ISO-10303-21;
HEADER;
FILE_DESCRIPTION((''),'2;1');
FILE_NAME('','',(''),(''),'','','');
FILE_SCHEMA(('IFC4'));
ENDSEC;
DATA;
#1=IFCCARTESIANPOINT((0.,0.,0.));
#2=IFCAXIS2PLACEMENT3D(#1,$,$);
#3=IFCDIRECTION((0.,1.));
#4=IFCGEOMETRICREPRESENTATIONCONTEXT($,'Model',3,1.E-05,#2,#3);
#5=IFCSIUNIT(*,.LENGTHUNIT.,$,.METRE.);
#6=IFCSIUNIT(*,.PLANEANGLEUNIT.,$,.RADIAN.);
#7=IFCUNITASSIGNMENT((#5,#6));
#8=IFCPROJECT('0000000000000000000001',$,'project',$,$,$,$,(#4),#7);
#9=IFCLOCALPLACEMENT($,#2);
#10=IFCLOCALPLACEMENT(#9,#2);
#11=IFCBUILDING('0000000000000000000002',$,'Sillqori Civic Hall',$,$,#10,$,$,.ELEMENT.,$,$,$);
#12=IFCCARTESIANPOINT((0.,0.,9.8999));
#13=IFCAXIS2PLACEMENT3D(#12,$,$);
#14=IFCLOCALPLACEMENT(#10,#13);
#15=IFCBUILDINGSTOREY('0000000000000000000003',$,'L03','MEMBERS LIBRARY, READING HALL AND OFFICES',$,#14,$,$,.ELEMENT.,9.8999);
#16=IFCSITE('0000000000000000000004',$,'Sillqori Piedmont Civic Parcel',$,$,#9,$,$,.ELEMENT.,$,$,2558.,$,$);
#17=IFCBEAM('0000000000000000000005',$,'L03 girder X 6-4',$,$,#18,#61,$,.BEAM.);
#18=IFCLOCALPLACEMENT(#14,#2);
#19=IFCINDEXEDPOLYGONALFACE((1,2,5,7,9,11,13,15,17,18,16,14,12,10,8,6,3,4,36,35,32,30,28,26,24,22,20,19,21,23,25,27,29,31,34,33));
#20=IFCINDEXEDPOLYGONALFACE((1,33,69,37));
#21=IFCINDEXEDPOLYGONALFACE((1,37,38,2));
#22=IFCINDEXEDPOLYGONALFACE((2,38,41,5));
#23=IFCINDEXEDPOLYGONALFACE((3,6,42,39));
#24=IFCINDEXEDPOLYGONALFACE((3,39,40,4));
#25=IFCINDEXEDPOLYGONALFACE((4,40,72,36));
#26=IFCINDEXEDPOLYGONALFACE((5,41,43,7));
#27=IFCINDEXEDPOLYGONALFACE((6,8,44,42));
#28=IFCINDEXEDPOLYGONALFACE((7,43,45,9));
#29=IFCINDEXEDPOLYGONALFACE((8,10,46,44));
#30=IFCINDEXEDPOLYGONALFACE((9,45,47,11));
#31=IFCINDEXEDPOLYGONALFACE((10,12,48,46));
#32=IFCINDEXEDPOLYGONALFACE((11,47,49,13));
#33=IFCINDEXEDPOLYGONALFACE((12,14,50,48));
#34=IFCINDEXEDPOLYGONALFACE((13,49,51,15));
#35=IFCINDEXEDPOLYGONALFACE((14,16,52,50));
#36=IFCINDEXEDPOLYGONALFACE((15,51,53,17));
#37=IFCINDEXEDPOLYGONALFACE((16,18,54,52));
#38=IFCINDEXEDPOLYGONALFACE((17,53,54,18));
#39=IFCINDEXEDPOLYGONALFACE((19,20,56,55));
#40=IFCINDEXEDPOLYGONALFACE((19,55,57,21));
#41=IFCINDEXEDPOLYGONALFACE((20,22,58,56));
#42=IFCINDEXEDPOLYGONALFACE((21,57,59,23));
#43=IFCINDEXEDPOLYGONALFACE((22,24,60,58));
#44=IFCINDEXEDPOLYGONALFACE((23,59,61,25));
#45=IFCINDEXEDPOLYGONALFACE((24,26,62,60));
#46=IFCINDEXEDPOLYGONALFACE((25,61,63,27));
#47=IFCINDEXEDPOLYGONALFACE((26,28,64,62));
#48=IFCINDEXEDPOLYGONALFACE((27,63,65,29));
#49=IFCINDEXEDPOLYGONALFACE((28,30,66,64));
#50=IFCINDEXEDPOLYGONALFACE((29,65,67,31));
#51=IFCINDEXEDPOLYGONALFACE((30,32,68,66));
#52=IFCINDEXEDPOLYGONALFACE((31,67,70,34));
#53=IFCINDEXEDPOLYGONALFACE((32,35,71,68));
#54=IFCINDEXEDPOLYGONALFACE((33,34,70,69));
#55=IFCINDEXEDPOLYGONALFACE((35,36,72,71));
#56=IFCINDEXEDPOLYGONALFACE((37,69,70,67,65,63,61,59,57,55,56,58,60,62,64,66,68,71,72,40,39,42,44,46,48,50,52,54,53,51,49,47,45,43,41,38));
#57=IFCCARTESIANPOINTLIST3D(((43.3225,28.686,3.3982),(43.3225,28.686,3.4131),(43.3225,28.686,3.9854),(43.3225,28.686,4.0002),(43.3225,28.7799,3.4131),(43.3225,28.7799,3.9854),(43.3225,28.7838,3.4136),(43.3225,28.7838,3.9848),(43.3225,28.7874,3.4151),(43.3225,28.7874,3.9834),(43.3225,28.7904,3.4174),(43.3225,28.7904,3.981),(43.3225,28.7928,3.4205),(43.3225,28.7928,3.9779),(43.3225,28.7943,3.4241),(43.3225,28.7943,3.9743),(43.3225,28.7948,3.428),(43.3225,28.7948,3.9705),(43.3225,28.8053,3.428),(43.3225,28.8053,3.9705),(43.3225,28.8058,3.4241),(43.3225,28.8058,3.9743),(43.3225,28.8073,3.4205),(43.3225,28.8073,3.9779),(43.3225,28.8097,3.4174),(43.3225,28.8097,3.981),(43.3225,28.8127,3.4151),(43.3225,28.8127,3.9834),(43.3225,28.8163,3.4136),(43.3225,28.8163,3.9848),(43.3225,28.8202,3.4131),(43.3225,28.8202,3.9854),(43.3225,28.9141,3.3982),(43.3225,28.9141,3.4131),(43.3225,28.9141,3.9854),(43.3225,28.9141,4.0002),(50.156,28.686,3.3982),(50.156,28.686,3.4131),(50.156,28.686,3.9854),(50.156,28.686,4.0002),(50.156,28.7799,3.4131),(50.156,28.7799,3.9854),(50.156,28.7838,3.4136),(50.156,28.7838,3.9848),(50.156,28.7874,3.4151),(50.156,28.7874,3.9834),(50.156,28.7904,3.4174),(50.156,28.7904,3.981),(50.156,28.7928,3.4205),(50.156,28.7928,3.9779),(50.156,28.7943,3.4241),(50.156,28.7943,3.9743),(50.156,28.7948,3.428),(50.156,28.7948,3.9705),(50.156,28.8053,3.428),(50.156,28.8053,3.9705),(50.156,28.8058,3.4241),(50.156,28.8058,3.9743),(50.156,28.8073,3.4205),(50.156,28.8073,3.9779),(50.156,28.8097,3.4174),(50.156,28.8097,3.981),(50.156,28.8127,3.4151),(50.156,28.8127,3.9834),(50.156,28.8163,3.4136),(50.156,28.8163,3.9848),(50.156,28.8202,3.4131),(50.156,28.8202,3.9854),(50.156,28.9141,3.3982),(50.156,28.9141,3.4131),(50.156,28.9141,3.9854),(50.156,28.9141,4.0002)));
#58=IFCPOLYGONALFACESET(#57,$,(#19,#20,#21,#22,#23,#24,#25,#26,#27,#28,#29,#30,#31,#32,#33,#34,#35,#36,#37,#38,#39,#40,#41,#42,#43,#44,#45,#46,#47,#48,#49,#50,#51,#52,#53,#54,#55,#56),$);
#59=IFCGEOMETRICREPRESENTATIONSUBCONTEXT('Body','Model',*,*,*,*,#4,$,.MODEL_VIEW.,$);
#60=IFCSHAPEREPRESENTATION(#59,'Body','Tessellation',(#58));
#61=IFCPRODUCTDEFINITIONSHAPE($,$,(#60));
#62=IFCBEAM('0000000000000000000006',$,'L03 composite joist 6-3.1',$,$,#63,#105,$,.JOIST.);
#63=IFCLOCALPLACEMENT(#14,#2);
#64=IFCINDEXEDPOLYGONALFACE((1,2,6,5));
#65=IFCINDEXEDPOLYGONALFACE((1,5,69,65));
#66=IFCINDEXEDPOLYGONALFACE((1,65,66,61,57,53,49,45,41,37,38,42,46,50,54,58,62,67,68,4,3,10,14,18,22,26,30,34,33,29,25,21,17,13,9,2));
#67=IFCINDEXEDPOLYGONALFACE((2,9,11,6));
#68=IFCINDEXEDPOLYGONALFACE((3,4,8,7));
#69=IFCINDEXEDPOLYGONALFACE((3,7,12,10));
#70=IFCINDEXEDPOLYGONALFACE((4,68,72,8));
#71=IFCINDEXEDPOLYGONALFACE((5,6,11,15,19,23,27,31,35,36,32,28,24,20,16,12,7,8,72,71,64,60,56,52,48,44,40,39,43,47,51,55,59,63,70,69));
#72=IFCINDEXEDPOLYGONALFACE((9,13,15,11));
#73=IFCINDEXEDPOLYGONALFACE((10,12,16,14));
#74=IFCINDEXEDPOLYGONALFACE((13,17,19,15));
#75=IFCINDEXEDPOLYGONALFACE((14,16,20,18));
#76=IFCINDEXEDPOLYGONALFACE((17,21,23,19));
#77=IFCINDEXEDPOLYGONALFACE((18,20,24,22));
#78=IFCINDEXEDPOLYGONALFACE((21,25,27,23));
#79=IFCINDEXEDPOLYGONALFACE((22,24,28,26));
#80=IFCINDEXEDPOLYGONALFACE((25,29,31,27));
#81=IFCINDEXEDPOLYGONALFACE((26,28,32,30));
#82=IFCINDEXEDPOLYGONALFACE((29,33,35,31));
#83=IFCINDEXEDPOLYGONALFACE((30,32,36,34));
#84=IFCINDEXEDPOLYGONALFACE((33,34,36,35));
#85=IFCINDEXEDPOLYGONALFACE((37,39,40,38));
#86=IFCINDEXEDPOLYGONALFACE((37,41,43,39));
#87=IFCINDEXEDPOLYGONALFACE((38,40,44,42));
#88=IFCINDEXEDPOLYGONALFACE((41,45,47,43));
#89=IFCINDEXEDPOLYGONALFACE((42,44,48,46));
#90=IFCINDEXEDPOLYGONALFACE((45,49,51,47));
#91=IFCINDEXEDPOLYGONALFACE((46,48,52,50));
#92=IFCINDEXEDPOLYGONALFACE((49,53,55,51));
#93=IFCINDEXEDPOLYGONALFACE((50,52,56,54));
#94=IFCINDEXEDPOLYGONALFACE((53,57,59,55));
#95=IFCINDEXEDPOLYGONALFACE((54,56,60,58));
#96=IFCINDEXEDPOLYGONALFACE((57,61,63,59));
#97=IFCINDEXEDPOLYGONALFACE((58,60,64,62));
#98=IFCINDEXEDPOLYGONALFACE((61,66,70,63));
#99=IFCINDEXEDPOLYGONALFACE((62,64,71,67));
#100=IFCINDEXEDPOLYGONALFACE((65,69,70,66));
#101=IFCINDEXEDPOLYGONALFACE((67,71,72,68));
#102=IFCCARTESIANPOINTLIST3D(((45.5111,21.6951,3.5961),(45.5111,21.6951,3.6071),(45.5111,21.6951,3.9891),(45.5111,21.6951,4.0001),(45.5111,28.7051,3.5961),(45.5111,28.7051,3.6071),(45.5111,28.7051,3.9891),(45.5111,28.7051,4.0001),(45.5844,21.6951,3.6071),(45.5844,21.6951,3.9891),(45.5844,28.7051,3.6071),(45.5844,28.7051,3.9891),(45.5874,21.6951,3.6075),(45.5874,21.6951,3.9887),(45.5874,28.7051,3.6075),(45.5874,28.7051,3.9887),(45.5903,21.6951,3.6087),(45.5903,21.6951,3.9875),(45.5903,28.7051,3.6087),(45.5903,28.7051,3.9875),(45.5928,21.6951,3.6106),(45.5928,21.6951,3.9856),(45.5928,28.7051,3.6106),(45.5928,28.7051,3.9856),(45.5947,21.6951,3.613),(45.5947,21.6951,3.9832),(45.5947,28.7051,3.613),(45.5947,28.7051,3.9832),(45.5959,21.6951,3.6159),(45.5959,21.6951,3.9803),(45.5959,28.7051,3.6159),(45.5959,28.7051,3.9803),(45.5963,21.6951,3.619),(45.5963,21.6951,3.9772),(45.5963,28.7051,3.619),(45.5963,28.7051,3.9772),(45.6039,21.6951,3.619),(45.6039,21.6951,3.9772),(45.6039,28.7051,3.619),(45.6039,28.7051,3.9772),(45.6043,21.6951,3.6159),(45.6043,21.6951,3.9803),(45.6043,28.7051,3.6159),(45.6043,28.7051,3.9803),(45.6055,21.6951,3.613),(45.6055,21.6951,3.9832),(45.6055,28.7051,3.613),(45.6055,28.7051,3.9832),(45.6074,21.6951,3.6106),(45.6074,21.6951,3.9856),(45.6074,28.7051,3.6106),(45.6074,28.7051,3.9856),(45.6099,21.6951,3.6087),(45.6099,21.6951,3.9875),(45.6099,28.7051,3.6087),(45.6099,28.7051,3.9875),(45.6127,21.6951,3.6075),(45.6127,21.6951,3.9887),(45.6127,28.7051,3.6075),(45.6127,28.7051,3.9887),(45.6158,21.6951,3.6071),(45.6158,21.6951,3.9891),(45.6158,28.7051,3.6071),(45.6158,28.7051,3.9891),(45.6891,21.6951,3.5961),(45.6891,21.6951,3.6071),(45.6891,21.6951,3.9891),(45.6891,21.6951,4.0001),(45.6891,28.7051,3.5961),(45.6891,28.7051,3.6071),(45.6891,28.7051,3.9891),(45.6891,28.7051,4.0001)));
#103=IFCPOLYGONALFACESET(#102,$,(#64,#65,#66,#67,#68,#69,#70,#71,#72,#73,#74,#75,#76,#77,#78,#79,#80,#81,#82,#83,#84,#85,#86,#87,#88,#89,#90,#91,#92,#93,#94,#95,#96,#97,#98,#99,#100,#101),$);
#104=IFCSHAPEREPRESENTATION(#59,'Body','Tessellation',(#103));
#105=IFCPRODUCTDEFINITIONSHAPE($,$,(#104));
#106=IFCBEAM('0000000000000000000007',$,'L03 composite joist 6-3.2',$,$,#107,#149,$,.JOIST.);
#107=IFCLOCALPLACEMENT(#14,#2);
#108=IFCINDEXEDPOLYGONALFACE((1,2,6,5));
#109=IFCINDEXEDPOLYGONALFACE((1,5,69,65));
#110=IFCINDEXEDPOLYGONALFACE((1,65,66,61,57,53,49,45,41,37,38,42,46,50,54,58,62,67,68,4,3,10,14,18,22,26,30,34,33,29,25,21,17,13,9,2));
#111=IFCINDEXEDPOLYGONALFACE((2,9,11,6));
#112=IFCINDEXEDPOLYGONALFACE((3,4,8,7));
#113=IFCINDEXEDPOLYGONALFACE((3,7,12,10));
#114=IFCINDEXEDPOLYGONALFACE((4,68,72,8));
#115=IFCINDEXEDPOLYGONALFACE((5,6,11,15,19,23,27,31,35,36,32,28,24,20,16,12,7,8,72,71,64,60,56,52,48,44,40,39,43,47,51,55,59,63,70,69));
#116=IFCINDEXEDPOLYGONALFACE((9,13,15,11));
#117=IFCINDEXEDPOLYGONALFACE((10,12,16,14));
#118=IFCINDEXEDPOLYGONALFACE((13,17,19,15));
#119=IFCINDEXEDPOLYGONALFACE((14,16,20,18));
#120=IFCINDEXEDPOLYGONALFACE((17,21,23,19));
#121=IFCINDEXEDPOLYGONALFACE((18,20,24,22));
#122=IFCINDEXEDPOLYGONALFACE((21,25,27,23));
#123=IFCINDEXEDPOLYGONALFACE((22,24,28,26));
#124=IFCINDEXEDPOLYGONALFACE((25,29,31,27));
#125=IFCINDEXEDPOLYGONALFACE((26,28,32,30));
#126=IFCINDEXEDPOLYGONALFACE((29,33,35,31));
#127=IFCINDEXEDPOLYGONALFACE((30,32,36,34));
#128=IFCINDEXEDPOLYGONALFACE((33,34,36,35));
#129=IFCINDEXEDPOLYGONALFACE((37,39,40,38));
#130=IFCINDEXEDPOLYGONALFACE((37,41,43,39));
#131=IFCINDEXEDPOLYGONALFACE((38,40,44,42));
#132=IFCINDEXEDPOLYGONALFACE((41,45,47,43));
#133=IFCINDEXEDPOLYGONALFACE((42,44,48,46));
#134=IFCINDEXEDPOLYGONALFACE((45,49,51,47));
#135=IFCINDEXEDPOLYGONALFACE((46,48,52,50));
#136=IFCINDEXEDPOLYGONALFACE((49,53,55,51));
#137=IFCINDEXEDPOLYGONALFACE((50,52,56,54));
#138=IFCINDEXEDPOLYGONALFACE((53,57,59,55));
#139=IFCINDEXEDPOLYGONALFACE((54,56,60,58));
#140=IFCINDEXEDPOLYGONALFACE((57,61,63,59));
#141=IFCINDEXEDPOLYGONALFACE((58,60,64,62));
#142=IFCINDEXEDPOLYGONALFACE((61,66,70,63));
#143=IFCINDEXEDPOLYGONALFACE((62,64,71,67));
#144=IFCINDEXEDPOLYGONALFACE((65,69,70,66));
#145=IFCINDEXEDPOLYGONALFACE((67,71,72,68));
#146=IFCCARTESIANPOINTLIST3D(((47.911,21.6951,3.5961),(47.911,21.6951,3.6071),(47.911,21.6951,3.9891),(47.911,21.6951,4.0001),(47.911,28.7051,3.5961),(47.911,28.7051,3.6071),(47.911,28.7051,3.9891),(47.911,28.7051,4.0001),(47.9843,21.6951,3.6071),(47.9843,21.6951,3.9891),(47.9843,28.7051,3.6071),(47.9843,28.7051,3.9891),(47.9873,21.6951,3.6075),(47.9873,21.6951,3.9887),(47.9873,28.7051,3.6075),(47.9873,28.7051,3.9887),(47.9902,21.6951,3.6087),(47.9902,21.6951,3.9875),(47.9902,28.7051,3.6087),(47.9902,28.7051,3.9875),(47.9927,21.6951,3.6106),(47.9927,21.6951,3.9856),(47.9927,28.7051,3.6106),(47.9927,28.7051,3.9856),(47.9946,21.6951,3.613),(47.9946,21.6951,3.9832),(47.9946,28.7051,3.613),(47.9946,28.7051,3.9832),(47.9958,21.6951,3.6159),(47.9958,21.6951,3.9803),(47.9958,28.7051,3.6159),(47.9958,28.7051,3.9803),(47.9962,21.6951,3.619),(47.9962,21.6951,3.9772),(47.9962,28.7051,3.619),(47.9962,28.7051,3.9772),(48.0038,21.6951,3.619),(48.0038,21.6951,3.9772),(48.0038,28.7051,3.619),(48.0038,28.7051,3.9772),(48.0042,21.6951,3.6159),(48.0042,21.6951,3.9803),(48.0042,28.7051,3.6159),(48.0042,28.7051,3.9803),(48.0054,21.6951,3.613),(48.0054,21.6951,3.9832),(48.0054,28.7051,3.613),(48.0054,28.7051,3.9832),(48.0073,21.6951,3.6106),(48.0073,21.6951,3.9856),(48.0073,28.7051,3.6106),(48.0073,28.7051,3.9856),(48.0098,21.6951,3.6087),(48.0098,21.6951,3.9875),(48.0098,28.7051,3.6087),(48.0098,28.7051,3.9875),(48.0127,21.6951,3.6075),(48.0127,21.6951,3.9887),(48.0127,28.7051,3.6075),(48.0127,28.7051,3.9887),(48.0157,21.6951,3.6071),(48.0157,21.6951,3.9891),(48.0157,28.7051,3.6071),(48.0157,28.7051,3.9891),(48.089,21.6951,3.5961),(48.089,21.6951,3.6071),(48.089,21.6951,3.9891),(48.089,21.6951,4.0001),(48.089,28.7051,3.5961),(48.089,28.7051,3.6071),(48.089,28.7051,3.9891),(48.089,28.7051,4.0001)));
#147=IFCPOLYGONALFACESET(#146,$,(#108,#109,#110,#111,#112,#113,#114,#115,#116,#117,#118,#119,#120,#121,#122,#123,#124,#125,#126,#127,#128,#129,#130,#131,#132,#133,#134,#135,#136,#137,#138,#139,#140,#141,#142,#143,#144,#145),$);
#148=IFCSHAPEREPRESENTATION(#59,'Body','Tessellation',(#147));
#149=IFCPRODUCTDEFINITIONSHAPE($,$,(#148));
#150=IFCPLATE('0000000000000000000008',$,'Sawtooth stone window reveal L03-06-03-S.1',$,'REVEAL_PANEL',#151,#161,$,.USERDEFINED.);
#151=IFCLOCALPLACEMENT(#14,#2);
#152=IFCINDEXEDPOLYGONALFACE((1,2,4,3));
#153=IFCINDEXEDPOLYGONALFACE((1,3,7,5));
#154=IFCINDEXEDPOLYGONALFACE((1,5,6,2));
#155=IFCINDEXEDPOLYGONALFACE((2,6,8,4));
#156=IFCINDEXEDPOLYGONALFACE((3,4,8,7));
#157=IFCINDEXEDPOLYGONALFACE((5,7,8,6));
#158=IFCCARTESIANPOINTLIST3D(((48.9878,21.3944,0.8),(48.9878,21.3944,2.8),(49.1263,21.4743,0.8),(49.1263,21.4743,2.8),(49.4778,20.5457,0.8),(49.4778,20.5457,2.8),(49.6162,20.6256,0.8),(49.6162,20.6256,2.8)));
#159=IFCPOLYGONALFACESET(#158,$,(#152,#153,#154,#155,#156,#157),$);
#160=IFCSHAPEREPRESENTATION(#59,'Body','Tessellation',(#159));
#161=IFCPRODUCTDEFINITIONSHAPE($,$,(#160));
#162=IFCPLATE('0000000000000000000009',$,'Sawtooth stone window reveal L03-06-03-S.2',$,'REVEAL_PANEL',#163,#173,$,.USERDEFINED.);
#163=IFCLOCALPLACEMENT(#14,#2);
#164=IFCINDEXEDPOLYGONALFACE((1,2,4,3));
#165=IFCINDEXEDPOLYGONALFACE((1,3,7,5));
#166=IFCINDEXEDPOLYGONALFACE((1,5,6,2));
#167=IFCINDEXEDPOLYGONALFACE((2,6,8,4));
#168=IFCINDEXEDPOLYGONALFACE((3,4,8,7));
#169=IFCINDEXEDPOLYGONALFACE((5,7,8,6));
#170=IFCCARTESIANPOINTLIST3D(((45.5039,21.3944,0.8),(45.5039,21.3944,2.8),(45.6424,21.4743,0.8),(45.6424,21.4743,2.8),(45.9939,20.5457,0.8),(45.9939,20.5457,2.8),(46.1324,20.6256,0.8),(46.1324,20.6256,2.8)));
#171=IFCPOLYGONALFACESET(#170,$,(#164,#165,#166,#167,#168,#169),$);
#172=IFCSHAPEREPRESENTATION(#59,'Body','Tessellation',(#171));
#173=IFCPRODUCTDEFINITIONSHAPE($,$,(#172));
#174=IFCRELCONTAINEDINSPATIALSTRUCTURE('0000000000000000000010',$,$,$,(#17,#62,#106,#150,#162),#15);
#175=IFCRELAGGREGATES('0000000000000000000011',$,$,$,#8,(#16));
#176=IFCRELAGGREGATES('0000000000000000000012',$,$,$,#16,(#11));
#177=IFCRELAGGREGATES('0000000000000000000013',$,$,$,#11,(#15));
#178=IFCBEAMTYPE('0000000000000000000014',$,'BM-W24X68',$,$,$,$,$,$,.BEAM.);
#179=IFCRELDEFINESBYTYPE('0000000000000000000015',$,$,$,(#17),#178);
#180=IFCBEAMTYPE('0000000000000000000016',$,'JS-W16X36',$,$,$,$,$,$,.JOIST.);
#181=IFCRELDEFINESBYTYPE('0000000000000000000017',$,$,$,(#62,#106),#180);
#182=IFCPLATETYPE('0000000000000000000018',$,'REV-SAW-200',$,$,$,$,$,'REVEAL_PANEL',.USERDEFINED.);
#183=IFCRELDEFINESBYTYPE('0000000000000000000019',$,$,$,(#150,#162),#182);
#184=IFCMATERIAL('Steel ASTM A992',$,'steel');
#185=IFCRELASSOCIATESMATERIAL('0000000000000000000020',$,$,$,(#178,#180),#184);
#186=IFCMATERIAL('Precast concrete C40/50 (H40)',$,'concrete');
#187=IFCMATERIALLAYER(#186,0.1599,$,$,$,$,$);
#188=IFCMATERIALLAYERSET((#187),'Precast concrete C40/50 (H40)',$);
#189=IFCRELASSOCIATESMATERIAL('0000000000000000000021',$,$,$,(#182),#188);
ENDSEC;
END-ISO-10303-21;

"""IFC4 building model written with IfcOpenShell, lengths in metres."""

from ifc_helpers import new_model, si_unit, direction, frame, origin, origin_2d, place, context, subcontext, project, spatial, rectangle, i_section, extrude, material, layer, layer_set, material_profile, profile_set, type_object, element, save


model = new_model("IFC4")

# Units and contexts
model_context = context("Model", 3, precision=1e-05, world=origin(), true_north=direction((0.0, 1.0)))
body_context = subcontext(model_context, "Body", "Model", "MODEL_VIEW")
ifc_project = project(units=[si_unit("LENGTHUNIT", "METRE"), si_unit("PLANEANGLEUNIT", "RADIAN")], contexts=[model_context])

# Site, building, storey
site_placement = place(None, origin())
site = spatial("IfcSite", under=ifc_project, at=site_placement, Name="Sillqori Piedmont Civic Parcel", CompositionType="ELEMENT", RefElevation=2558.0)
building_placement = place(site_placement, origin())
building = spatial("IfcBuilding", under=site, at=building_placement, Name="Sillqori Civic Hall", CompositionType="ELEMENT")
storey_placement = place(building_placement, frame((0.0, 0.0, 9.8999)))
storey = spatial("IfcBuildingStorey", under=building, at=storey_placement, Name="L03", Description="MEMBERS LIBRARY, READING HALL AND OFFICES", CompositionType="ELEMENT", Elevation=9.8999)

# Shared definitions
ifc_material_1 = material(Name="Steel ASTM A992", Category="steel")

# Beams
ifc_material_profile_1 = material_profile(ifc_material_1, i_section(OverallWidth=0.228, OverallDepth=0.6021, WebThickness=0.0105, FlangeThickness=0.0149, FilletRadius=0.0149, at=origin_2d()), Name="W24X68")
ifc_profile_set_1 = profile_set([ifc_material_profile_1], Name="Steel ASTM A992")
beam_type_1 = type_object("IfcBeamType", Name="BM-W24X68", PredefinedType="BEAM", material=ifc_profile_set_1)
beam_1_placement = place(storey_placement, frame((43.3225, 28.8, 3.6992), z_axis=(1.0, 0.0, 0.0), x_axis=(0.0, 1.0, 0.0)))
element("IfcBeam", 1, at=beam_1_placement, inside=storey, type_object=beam_type_1, Name="L03 girder X 6-4", PredefinedType="BEAM", context=body_context, shape_type="SweptSolid", body=[
    extrude(i_section(OverallWidth=0.228, OverallDepth=0.6021, WebThickness=0.0105, FlangeThickness=0.0149, FilletRadius=0.0149, at=origin_2d()), origin(), (0.0, 0.0, 1.0), 6.8335),
])
ifc_material_profile_2 = material_profile(ifc_material_1, i_section(OverallWidth=0.178, OverallDepth=0.4041, WebThickness=0.0076, FlangeThickness=0.011, FilletRadius=0.012, at=origin_2d()), Name="W16X36")
ifc_profile_set_2 = profile_set([ifc_material_profile_2], Name="Steel ASTM A992")
beam_type_2 = type_object("IfcBeamType", Name="JS-W16X36", PredefinedType="JOIST", material=ifc_profile_set_2)
for number, where, z_axis, x_axis, name in (
    (2, (45.6001, 21.6951, 3.7981), (0.0, 1.0, 0.0), (-1.0, 0.0, 0.0), "L03 composite joist 6-3.1"),
    (3, (48.0, 21.6951, 3.7981), (0.0, 1.0, 0.0), (-1.0, 0.0, 0.0), "L03 composite joist 6-3.2"),
):
    element("IfcBeam", number, at=place(storey_placement, frame(where, z_axis=z_axis, x_axis=x_axis)), inside=storey, type_object=beam_type_2, Name=name, PredefinedType="JOIST", context=body_context, shape_type="SweptSolid", body=[
        extrude(i_section(OverallWidth=0.178, OverallDepth=0.4041, WebThickness=0.0076, FlangeThickness=0.011, FilletRadius=0.012, at=origin_2d()), origin(), (0.0, 0.0, 1.0), 7.01),
    ])

# Plates
ifc_material_2 = material(Name="Precast concrete C40/50 (H40)", Category="concrete")
ifc_layer_1 = layer(ifc_material_2, 0.1599)
ifc_layer_set_1 = layer_set([ifc_layer_1], Name="Precast concrete C40/50 (H40)")
plate_type = type_object("IfcPlateType", Name="REV-SAW-200", ElementType="REVEAL_PANEL", PredefinedType="USERDEFINED", material=ifc_layer_set_1)
for number, where, z_axis, x_axis, name in (
    (4, (49.302, 21.01, 0.8), (0.0, 0.0, 1.0), (-0.866025, -0.5, 0.0), "Sawtooth stone window reveal L03-06-03-S.1"),
    (5, (45.8181, 21.01, 0.8), (0.0, 0.0, 1.0), (-0.866025, -0.5, 0.0), "Sawtooth stone window reveal L03-06-03-S.2"),
):
    element("IfcPlate", number, at=place(storey_placement, frame(where, z_axis=z_axis, x_axis=x_axis)), inside=storey, type_object=plate_type, Name=name, ObjectType="REVEAL_PANEL", PredefinedType="USERDEFINED", context=body_context, shape_type="SweptSolid", body=[
        extrude(rectangle(XDim=0.1599, YDim=0.98, at=origin_2d()), origin(), (0.0, 0.0, 1.0), 2.0),
    ])

save(model, "model.ifc")
